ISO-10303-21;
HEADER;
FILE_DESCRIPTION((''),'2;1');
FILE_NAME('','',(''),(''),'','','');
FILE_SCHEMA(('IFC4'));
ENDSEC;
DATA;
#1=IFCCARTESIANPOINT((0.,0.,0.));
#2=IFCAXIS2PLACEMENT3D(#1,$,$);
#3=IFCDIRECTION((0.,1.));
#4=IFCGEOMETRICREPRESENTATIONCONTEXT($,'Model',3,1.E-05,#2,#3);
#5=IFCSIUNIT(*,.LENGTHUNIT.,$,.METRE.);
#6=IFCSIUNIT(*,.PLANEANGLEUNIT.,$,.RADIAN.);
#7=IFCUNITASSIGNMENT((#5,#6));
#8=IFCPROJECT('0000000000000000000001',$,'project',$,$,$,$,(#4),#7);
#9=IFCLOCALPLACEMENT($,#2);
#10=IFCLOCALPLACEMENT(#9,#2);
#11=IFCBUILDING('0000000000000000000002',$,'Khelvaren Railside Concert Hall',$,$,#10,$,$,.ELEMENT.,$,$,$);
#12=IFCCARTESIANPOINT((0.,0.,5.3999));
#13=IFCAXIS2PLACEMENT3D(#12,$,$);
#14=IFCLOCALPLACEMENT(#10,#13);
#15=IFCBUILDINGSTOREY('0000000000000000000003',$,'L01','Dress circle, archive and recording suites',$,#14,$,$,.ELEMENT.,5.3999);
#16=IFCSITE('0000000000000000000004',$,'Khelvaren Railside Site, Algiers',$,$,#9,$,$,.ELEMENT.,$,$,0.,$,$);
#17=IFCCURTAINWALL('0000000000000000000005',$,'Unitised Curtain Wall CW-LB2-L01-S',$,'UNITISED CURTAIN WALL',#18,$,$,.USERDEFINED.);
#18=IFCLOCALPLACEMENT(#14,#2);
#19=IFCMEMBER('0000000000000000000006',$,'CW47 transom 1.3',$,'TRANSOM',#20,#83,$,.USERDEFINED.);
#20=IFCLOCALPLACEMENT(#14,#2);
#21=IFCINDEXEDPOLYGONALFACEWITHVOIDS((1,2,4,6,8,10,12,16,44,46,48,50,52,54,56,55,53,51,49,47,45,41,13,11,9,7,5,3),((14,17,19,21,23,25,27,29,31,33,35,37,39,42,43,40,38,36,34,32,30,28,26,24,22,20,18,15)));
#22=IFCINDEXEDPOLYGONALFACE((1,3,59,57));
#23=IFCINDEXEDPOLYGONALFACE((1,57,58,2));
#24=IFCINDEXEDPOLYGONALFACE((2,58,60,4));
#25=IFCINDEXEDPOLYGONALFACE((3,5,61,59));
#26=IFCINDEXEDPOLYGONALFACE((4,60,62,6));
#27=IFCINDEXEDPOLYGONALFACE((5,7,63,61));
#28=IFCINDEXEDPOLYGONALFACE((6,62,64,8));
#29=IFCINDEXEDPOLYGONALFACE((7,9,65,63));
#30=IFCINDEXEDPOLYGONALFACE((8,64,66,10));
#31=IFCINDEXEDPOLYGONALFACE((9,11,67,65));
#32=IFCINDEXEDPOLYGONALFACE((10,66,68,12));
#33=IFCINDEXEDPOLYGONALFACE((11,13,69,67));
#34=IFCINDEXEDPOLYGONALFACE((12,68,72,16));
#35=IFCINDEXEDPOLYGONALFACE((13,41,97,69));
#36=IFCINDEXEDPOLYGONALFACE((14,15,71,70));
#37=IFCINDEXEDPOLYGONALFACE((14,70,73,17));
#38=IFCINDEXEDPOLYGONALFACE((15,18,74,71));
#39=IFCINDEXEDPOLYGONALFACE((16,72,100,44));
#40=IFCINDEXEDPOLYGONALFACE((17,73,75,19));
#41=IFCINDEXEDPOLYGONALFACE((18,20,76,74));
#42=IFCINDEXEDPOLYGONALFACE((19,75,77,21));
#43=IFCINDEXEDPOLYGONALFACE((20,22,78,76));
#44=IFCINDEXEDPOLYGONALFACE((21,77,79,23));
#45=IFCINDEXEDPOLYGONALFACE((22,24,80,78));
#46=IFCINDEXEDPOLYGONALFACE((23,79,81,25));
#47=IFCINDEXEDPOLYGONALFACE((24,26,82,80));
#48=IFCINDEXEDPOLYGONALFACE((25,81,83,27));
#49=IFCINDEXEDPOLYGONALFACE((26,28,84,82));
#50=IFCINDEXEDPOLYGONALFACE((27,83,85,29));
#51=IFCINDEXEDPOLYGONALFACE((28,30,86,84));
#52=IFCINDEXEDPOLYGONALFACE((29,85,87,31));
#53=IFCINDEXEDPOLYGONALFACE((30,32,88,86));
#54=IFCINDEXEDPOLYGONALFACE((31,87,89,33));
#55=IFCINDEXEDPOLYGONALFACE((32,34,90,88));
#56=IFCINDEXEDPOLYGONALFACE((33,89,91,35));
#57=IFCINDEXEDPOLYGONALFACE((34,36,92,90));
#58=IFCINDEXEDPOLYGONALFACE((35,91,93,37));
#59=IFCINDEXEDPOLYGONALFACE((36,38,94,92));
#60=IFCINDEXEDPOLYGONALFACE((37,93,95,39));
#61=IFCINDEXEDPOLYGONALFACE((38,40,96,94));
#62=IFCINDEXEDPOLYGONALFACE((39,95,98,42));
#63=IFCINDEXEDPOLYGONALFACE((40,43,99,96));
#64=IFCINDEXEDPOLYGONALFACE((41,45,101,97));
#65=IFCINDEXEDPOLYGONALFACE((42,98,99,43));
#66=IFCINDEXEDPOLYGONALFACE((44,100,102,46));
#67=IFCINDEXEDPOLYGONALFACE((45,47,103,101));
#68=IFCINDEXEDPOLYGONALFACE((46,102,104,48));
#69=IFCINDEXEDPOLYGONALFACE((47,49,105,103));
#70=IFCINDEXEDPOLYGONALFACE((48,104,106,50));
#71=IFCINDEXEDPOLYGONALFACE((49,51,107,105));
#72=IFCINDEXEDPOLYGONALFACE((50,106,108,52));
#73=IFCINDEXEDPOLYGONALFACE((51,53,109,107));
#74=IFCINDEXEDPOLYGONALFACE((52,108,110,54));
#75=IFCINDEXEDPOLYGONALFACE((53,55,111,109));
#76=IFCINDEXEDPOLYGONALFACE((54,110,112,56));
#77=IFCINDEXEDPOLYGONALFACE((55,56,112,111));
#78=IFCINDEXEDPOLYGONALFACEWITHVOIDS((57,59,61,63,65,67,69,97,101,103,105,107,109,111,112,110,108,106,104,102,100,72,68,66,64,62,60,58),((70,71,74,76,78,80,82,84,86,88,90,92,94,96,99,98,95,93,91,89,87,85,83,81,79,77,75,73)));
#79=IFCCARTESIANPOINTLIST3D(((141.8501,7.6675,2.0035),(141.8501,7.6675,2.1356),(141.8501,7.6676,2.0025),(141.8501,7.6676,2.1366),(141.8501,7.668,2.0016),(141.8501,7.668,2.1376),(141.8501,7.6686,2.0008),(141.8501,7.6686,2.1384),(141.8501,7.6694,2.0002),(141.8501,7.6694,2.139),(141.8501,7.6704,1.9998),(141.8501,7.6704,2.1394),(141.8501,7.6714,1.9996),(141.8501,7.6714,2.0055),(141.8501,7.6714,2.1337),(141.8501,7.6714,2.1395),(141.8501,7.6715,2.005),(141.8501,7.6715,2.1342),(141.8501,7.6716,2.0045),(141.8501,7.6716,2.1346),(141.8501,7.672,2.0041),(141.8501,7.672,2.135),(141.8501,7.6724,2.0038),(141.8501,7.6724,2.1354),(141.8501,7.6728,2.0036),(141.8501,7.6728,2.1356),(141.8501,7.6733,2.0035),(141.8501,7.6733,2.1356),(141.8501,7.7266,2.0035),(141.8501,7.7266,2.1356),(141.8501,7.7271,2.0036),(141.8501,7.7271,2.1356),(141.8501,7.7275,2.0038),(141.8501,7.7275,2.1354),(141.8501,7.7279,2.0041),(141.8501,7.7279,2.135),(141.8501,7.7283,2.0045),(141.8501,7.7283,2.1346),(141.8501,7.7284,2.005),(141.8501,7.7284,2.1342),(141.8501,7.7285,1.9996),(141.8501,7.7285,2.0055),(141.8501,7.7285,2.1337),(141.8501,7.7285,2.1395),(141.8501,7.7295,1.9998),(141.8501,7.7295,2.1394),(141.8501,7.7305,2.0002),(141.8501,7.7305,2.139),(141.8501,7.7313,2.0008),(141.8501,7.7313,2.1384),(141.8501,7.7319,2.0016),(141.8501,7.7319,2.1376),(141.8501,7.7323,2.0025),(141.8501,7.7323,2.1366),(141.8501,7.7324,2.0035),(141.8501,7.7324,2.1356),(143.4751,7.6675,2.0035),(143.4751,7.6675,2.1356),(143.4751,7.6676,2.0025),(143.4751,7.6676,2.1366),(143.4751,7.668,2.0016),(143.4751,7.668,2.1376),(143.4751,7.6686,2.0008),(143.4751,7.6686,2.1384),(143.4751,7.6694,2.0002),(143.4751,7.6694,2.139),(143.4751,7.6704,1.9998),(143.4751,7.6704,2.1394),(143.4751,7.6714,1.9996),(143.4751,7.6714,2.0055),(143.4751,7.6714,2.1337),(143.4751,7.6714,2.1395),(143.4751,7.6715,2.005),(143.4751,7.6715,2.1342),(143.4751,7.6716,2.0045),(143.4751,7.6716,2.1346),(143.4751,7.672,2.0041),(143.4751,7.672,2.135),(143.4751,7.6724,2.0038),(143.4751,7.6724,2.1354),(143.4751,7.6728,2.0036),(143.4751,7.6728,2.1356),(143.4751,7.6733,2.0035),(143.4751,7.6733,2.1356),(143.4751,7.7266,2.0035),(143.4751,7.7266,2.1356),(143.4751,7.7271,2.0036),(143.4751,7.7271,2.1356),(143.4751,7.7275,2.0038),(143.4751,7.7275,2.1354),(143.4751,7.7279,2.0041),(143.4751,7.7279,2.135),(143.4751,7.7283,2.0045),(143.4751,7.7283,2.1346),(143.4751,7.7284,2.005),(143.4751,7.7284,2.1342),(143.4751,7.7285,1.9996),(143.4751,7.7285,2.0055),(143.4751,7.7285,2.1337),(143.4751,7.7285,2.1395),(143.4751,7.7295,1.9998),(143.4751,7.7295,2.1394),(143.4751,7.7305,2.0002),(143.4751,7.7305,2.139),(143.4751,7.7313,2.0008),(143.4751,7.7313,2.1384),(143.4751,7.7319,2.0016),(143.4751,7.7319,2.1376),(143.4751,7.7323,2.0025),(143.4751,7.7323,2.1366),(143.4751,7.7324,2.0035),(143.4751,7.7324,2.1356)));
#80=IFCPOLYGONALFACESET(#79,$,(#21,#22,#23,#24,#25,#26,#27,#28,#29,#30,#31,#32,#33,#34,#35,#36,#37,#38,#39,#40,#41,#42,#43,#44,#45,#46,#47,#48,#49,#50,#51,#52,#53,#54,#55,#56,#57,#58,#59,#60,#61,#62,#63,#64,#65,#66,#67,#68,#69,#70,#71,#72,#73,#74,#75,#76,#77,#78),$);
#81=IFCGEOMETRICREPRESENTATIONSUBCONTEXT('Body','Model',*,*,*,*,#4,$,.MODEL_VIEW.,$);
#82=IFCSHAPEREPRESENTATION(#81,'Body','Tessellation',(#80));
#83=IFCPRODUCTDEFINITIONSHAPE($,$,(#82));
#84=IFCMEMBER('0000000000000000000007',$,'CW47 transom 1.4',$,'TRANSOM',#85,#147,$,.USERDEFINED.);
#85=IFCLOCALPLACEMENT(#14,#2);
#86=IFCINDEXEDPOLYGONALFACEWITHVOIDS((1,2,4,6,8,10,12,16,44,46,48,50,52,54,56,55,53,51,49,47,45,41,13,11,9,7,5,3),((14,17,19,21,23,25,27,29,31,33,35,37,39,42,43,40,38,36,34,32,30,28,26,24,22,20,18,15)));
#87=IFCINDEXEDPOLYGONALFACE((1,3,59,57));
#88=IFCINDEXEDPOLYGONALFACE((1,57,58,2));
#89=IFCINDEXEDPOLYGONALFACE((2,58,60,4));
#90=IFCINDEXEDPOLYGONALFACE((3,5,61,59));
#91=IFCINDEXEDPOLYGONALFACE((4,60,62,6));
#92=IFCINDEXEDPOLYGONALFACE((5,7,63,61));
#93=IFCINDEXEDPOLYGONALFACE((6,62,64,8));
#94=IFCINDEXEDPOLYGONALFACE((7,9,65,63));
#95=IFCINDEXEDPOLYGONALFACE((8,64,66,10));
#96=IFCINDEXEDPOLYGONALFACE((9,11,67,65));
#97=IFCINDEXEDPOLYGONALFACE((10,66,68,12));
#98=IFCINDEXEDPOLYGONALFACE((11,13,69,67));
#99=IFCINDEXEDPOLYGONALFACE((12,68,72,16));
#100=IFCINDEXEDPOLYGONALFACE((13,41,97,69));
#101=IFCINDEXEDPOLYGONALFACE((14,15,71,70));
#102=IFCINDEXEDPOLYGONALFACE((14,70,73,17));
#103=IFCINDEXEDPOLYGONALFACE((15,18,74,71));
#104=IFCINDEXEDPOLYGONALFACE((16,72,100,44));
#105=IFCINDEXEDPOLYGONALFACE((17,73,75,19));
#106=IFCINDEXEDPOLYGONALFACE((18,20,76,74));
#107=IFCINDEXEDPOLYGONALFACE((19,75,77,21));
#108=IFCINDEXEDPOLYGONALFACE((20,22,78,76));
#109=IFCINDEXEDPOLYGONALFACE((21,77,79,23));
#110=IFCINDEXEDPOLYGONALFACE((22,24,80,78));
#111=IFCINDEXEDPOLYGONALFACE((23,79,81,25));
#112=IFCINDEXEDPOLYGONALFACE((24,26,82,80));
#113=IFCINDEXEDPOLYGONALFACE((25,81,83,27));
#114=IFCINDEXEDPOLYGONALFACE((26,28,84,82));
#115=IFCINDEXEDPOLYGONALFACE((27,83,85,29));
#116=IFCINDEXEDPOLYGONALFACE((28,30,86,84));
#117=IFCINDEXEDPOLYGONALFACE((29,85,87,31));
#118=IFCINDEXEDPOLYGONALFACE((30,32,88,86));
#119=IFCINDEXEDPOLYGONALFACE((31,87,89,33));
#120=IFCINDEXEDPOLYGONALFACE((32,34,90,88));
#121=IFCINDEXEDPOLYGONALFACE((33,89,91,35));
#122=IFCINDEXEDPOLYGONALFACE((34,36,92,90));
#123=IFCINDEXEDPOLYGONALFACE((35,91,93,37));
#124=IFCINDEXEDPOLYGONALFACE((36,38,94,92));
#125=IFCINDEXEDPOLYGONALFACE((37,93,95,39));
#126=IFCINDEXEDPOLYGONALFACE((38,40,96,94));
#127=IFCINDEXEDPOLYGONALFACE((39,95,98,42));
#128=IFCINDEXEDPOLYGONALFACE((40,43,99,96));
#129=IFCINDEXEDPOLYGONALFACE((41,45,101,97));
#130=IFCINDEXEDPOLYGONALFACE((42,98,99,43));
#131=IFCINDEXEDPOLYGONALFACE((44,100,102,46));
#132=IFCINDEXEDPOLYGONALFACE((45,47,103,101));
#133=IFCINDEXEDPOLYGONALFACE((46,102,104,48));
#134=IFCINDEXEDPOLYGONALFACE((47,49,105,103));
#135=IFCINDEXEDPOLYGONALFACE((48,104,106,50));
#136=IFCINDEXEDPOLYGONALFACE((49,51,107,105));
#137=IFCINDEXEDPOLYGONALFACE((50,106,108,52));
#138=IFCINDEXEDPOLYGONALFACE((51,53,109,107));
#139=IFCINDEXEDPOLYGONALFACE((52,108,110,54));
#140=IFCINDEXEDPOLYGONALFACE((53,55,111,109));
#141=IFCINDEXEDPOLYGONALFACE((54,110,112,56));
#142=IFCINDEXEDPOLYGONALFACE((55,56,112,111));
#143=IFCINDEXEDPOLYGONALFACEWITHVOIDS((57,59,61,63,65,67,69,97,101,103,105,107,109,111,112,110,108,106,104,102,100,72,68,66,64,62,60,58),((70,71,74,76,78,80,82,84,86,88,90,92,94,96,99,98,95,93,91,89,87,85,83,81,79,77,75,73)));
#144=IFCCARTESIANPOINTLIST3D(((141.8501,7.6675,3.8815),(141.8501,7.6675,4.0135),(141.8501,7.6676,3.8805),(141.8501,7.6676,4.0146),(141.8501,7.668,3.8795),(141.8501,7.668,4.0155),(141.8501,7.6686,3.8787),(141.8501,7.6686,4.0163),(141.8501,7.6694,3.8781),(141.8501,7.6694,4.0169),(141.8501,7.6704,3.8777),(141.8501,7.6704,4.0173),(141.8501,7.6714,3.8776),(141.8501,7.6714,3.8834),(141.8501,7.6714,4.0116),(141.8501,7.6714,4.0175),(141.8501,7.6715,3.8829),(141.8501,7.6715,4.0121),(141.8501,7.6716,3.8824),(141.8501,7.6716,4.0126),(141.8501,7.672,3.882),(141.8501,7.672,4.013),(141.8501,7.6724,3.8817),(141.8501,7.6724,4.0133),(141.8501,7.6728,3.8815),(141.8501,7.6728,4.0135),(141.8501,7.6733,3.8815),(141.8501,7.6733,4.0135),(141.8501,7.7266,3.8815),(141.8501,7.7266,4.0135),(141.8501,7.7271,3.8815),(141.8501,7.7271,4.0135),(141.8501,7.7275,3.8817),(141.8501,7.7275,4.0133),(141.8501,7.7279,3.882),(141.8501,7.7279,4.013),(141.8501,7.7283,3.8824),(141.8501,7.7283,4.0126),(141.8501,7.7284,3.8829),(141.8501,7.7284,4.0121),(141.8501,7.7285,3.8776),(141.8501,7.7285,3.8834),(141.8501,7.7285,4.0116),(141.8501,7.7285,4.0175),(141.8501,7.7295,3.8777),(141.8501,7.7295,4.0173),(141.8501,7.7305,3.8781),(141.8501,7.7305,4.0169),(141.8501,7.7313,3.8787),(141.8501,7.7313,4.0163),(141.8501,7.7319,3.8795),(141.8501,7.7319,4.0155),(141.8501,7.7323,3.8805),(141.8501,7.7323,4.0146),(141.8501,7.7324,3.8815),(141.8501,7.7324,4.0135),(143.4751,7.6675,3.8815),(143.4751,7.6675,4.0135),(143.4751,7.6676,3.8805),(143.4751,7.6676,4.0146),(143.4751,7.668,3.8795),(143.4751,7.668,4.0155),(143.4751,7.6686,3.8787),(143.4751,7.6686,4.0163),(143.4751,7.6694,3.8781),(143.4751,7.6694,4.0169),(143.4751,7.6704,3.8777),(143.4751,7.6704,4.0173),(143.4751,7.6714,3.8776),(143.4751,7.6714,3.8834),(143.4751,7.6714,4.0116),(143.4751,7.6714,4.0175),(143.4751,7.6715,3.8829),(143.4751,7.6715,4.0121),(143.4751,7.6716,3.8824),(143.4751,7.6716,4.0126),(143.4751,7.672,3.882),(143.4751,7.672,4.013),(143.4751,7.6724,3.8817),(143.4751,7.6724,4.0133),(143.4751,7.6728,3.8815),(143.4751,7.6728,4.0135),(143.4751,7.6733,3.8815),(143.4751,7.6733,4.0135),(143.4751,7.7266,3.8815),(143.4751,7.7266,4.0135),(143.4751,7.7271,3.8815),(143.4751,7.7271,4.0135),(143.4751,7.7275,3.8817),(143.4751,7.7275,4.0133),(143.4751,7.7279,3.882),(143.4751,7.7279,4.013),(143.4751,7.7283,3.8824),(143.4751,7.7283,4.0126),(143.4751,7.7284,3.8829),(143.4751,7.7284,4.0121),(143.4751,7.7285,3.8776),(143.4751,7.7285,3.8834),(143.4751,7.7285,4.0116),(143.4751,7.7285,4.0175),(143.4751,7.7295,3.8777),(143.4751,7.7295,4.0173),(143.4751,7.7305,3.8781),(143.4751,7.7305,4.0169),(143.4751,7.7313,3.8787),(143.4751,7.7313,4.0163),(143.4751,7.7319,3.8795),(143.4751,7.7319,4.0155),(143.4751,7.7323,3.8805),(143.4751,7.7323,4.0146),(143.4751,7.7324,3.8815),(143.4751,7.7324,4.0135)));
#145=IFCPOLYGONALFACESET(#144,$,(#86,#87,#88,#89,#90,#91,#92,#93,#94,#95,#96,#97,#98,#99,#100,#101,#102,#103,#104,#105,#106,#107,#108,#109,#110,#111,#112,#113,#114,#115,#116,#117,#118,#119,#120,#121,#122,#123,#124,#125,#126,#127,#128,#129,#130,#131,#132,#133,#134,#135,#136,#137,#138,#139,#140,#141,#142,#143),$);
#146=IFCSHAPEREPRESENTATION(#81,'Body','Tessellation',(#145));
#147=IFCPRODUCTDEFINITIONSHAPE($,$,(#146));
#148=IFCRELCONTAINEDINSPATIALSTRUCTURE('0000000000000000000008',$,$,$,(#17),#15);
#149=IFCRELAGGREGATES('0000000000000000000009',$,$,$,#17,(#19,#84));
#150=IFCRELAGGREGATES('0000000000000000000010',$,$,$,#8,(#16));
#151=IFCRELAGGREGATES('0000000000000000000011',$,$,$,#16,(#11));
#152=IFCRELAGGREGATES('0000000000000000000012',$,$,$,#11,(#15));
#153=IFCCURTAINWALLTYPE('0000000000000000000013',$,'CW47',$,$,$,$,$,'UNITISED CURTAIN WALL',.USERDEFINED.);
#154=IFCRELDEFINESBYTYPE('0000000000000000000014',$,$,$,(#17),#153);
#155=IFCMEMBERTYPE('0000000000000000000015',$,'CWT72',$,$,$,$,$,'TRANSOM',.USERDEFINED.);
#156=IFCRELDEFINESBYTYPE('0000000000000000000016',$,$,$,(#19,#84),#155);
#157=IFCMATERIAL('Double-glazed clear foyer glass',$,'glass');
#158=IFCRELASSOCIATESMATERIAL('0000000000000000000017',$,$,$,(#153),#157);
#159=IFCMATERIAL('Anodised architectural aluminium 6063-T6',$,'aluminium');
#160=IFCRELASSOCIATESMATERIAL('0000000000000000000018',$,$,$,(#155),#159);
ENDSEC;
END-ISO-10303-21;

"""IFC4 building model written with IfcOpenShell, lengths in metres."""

from ifc_helpers import new_model, si_unit, direction, frame, origin, origin_2d, place, context, subcontext, project, spatial, hollow_rectangle, extrude, material, material_profile, profile_set, type_object, element, aggregate, save


model = new_model("IFC4")

# Units and contexts
model_context = context("Model", 3, precision=1e-05, world=origin(), true_north=direction((0.0, 1.0)))
body_context = subcontext(model_context, "Body", "Model", "MODEL_VIEW")
ifc_project = project(units=[si_unit("LENGTHUNIT", "METRE"), si_unit("PLANEANGLEUNIT", "RADIAN")], contexts=[model_context])

# Site, building, storey
site_placement = place(None, origin())
site = spatial("IfcSite", under=ifc_project, at=site_placement, Name="Khelvaren Railside Site, Algiers", CompositionType="ELEMENT", RefElevation=0.0)
building_placement = place(site_placement, origin())
building = spatial("IfcBuilding", under=site, at=building_placement, Name="Khelvaren Railside Concert Hall", CompositionType="ELEMENT")
storey_placement = place(building_placement, frame((0.0, 0.0, 5.3999)))
storey = spatial("IfcBuildingStorey", under=building, at=storey_placement, Name="L01", Description="Dress circle, archive and recording suites", CompositionType="ELEMENT", Elevation=5.3999)

# Curtain wall
ifc_material_1 = material(Name="Double-glazed clear foyer glass", Category="glass")
curtain_wall_type_1 = type_object("IfcCurtainWallType", Name="CW47", ElementType="UNITISED CURTAIN WALL", PredefinedType="USERDEFINED", material=ifc_material_1)
curtain_wall_1_placement = place(storey_placement, origin())
curtain_wall_1 = element("IfcCurtainWall", 1, at=curtain_wall_1_placement, inside=storey, type_object=curtain_wall_type_1, Name="Unitised Curtain Wall CW-LB2-L01-S", ObjectType="UNITISED CURTAIN WALL", PredefinedType="USERDEFINED")
ifc_material_2 = material(Name="Anodised architectural aluminium 6063-T6", Category="aluminium")

# Members
ifc_material_profile_1 = material_profile(ifc_material_2, hollow_rectangle(XDim=0.0649, YDim=0.1399, WallThickness=0.0039, InnerFilletRadius=0.002, OuterFilletRadius=0.0039, at=origin_2d()), Name="CWT 65x140x4")
ifc_profile_set_1 = profile_set([ifc_material_profile_1], Name="Anodised architectural aluminium 6063-T6")
member_type_1 = type_object("IfcMemberType", Name="CWT72", ElementType="TRANSOM", PredefinedType="USERDEFINED", material=ifc_profile_set_1)
member_1_placement = place(storey_placement, frame((143.4751, 7.7, 2.0696), z_axis=(-1.0, 0.0, 0.0), x_axis=(0.0, -1.0, 0.0)))
member_1 = element("IfcMember", 2, at=member_1_placement, type_object=member_type_1, Name="CW47 transom 1.3", ObjectType="TRANSOM", PredefinedType="USERDEFINED", context=body_context, shape_type="SweptSolid", body=[
    extrude(hollow_rectangle(XDim=0.0649, YDim=0.1399, WallThickness=0.0039, InnerFilletRadius=0.002, OuterFilletRadius=0.0039, at=origin_2d()), origin(), (0.0, 0.0, 1.0), 1.625),
])
member_2_placement = place(storey_placement, frame((143.4751, 7.7, 3.9475), z_axis=(-1.0, 0.0, 0.0), x_axis=(0.0, -1.0, 0.0)))
member_2 = element("IfcMember", 3, at=member_2_placement, type_object=member_type_1, Name="CW47 transom 1.4", ObjectType="TRANSOM", PredefinedType="USERDEFINED", context=body_context, shape_type="SweptSolid", body=[
    extrude(hollow_rectangle(XDim=0.0649, YDim=0.1399, WallThickness=0.0039, InnerFilletRadius=0.002, OuterFilletRadius=0.0039, at=origin_2d()), origin(), (0.0, 0.0, 1.0), 1.625),
])

aggregate(curtain_wall_1, [member_1, member_2])

save(model, "model.ifc")
